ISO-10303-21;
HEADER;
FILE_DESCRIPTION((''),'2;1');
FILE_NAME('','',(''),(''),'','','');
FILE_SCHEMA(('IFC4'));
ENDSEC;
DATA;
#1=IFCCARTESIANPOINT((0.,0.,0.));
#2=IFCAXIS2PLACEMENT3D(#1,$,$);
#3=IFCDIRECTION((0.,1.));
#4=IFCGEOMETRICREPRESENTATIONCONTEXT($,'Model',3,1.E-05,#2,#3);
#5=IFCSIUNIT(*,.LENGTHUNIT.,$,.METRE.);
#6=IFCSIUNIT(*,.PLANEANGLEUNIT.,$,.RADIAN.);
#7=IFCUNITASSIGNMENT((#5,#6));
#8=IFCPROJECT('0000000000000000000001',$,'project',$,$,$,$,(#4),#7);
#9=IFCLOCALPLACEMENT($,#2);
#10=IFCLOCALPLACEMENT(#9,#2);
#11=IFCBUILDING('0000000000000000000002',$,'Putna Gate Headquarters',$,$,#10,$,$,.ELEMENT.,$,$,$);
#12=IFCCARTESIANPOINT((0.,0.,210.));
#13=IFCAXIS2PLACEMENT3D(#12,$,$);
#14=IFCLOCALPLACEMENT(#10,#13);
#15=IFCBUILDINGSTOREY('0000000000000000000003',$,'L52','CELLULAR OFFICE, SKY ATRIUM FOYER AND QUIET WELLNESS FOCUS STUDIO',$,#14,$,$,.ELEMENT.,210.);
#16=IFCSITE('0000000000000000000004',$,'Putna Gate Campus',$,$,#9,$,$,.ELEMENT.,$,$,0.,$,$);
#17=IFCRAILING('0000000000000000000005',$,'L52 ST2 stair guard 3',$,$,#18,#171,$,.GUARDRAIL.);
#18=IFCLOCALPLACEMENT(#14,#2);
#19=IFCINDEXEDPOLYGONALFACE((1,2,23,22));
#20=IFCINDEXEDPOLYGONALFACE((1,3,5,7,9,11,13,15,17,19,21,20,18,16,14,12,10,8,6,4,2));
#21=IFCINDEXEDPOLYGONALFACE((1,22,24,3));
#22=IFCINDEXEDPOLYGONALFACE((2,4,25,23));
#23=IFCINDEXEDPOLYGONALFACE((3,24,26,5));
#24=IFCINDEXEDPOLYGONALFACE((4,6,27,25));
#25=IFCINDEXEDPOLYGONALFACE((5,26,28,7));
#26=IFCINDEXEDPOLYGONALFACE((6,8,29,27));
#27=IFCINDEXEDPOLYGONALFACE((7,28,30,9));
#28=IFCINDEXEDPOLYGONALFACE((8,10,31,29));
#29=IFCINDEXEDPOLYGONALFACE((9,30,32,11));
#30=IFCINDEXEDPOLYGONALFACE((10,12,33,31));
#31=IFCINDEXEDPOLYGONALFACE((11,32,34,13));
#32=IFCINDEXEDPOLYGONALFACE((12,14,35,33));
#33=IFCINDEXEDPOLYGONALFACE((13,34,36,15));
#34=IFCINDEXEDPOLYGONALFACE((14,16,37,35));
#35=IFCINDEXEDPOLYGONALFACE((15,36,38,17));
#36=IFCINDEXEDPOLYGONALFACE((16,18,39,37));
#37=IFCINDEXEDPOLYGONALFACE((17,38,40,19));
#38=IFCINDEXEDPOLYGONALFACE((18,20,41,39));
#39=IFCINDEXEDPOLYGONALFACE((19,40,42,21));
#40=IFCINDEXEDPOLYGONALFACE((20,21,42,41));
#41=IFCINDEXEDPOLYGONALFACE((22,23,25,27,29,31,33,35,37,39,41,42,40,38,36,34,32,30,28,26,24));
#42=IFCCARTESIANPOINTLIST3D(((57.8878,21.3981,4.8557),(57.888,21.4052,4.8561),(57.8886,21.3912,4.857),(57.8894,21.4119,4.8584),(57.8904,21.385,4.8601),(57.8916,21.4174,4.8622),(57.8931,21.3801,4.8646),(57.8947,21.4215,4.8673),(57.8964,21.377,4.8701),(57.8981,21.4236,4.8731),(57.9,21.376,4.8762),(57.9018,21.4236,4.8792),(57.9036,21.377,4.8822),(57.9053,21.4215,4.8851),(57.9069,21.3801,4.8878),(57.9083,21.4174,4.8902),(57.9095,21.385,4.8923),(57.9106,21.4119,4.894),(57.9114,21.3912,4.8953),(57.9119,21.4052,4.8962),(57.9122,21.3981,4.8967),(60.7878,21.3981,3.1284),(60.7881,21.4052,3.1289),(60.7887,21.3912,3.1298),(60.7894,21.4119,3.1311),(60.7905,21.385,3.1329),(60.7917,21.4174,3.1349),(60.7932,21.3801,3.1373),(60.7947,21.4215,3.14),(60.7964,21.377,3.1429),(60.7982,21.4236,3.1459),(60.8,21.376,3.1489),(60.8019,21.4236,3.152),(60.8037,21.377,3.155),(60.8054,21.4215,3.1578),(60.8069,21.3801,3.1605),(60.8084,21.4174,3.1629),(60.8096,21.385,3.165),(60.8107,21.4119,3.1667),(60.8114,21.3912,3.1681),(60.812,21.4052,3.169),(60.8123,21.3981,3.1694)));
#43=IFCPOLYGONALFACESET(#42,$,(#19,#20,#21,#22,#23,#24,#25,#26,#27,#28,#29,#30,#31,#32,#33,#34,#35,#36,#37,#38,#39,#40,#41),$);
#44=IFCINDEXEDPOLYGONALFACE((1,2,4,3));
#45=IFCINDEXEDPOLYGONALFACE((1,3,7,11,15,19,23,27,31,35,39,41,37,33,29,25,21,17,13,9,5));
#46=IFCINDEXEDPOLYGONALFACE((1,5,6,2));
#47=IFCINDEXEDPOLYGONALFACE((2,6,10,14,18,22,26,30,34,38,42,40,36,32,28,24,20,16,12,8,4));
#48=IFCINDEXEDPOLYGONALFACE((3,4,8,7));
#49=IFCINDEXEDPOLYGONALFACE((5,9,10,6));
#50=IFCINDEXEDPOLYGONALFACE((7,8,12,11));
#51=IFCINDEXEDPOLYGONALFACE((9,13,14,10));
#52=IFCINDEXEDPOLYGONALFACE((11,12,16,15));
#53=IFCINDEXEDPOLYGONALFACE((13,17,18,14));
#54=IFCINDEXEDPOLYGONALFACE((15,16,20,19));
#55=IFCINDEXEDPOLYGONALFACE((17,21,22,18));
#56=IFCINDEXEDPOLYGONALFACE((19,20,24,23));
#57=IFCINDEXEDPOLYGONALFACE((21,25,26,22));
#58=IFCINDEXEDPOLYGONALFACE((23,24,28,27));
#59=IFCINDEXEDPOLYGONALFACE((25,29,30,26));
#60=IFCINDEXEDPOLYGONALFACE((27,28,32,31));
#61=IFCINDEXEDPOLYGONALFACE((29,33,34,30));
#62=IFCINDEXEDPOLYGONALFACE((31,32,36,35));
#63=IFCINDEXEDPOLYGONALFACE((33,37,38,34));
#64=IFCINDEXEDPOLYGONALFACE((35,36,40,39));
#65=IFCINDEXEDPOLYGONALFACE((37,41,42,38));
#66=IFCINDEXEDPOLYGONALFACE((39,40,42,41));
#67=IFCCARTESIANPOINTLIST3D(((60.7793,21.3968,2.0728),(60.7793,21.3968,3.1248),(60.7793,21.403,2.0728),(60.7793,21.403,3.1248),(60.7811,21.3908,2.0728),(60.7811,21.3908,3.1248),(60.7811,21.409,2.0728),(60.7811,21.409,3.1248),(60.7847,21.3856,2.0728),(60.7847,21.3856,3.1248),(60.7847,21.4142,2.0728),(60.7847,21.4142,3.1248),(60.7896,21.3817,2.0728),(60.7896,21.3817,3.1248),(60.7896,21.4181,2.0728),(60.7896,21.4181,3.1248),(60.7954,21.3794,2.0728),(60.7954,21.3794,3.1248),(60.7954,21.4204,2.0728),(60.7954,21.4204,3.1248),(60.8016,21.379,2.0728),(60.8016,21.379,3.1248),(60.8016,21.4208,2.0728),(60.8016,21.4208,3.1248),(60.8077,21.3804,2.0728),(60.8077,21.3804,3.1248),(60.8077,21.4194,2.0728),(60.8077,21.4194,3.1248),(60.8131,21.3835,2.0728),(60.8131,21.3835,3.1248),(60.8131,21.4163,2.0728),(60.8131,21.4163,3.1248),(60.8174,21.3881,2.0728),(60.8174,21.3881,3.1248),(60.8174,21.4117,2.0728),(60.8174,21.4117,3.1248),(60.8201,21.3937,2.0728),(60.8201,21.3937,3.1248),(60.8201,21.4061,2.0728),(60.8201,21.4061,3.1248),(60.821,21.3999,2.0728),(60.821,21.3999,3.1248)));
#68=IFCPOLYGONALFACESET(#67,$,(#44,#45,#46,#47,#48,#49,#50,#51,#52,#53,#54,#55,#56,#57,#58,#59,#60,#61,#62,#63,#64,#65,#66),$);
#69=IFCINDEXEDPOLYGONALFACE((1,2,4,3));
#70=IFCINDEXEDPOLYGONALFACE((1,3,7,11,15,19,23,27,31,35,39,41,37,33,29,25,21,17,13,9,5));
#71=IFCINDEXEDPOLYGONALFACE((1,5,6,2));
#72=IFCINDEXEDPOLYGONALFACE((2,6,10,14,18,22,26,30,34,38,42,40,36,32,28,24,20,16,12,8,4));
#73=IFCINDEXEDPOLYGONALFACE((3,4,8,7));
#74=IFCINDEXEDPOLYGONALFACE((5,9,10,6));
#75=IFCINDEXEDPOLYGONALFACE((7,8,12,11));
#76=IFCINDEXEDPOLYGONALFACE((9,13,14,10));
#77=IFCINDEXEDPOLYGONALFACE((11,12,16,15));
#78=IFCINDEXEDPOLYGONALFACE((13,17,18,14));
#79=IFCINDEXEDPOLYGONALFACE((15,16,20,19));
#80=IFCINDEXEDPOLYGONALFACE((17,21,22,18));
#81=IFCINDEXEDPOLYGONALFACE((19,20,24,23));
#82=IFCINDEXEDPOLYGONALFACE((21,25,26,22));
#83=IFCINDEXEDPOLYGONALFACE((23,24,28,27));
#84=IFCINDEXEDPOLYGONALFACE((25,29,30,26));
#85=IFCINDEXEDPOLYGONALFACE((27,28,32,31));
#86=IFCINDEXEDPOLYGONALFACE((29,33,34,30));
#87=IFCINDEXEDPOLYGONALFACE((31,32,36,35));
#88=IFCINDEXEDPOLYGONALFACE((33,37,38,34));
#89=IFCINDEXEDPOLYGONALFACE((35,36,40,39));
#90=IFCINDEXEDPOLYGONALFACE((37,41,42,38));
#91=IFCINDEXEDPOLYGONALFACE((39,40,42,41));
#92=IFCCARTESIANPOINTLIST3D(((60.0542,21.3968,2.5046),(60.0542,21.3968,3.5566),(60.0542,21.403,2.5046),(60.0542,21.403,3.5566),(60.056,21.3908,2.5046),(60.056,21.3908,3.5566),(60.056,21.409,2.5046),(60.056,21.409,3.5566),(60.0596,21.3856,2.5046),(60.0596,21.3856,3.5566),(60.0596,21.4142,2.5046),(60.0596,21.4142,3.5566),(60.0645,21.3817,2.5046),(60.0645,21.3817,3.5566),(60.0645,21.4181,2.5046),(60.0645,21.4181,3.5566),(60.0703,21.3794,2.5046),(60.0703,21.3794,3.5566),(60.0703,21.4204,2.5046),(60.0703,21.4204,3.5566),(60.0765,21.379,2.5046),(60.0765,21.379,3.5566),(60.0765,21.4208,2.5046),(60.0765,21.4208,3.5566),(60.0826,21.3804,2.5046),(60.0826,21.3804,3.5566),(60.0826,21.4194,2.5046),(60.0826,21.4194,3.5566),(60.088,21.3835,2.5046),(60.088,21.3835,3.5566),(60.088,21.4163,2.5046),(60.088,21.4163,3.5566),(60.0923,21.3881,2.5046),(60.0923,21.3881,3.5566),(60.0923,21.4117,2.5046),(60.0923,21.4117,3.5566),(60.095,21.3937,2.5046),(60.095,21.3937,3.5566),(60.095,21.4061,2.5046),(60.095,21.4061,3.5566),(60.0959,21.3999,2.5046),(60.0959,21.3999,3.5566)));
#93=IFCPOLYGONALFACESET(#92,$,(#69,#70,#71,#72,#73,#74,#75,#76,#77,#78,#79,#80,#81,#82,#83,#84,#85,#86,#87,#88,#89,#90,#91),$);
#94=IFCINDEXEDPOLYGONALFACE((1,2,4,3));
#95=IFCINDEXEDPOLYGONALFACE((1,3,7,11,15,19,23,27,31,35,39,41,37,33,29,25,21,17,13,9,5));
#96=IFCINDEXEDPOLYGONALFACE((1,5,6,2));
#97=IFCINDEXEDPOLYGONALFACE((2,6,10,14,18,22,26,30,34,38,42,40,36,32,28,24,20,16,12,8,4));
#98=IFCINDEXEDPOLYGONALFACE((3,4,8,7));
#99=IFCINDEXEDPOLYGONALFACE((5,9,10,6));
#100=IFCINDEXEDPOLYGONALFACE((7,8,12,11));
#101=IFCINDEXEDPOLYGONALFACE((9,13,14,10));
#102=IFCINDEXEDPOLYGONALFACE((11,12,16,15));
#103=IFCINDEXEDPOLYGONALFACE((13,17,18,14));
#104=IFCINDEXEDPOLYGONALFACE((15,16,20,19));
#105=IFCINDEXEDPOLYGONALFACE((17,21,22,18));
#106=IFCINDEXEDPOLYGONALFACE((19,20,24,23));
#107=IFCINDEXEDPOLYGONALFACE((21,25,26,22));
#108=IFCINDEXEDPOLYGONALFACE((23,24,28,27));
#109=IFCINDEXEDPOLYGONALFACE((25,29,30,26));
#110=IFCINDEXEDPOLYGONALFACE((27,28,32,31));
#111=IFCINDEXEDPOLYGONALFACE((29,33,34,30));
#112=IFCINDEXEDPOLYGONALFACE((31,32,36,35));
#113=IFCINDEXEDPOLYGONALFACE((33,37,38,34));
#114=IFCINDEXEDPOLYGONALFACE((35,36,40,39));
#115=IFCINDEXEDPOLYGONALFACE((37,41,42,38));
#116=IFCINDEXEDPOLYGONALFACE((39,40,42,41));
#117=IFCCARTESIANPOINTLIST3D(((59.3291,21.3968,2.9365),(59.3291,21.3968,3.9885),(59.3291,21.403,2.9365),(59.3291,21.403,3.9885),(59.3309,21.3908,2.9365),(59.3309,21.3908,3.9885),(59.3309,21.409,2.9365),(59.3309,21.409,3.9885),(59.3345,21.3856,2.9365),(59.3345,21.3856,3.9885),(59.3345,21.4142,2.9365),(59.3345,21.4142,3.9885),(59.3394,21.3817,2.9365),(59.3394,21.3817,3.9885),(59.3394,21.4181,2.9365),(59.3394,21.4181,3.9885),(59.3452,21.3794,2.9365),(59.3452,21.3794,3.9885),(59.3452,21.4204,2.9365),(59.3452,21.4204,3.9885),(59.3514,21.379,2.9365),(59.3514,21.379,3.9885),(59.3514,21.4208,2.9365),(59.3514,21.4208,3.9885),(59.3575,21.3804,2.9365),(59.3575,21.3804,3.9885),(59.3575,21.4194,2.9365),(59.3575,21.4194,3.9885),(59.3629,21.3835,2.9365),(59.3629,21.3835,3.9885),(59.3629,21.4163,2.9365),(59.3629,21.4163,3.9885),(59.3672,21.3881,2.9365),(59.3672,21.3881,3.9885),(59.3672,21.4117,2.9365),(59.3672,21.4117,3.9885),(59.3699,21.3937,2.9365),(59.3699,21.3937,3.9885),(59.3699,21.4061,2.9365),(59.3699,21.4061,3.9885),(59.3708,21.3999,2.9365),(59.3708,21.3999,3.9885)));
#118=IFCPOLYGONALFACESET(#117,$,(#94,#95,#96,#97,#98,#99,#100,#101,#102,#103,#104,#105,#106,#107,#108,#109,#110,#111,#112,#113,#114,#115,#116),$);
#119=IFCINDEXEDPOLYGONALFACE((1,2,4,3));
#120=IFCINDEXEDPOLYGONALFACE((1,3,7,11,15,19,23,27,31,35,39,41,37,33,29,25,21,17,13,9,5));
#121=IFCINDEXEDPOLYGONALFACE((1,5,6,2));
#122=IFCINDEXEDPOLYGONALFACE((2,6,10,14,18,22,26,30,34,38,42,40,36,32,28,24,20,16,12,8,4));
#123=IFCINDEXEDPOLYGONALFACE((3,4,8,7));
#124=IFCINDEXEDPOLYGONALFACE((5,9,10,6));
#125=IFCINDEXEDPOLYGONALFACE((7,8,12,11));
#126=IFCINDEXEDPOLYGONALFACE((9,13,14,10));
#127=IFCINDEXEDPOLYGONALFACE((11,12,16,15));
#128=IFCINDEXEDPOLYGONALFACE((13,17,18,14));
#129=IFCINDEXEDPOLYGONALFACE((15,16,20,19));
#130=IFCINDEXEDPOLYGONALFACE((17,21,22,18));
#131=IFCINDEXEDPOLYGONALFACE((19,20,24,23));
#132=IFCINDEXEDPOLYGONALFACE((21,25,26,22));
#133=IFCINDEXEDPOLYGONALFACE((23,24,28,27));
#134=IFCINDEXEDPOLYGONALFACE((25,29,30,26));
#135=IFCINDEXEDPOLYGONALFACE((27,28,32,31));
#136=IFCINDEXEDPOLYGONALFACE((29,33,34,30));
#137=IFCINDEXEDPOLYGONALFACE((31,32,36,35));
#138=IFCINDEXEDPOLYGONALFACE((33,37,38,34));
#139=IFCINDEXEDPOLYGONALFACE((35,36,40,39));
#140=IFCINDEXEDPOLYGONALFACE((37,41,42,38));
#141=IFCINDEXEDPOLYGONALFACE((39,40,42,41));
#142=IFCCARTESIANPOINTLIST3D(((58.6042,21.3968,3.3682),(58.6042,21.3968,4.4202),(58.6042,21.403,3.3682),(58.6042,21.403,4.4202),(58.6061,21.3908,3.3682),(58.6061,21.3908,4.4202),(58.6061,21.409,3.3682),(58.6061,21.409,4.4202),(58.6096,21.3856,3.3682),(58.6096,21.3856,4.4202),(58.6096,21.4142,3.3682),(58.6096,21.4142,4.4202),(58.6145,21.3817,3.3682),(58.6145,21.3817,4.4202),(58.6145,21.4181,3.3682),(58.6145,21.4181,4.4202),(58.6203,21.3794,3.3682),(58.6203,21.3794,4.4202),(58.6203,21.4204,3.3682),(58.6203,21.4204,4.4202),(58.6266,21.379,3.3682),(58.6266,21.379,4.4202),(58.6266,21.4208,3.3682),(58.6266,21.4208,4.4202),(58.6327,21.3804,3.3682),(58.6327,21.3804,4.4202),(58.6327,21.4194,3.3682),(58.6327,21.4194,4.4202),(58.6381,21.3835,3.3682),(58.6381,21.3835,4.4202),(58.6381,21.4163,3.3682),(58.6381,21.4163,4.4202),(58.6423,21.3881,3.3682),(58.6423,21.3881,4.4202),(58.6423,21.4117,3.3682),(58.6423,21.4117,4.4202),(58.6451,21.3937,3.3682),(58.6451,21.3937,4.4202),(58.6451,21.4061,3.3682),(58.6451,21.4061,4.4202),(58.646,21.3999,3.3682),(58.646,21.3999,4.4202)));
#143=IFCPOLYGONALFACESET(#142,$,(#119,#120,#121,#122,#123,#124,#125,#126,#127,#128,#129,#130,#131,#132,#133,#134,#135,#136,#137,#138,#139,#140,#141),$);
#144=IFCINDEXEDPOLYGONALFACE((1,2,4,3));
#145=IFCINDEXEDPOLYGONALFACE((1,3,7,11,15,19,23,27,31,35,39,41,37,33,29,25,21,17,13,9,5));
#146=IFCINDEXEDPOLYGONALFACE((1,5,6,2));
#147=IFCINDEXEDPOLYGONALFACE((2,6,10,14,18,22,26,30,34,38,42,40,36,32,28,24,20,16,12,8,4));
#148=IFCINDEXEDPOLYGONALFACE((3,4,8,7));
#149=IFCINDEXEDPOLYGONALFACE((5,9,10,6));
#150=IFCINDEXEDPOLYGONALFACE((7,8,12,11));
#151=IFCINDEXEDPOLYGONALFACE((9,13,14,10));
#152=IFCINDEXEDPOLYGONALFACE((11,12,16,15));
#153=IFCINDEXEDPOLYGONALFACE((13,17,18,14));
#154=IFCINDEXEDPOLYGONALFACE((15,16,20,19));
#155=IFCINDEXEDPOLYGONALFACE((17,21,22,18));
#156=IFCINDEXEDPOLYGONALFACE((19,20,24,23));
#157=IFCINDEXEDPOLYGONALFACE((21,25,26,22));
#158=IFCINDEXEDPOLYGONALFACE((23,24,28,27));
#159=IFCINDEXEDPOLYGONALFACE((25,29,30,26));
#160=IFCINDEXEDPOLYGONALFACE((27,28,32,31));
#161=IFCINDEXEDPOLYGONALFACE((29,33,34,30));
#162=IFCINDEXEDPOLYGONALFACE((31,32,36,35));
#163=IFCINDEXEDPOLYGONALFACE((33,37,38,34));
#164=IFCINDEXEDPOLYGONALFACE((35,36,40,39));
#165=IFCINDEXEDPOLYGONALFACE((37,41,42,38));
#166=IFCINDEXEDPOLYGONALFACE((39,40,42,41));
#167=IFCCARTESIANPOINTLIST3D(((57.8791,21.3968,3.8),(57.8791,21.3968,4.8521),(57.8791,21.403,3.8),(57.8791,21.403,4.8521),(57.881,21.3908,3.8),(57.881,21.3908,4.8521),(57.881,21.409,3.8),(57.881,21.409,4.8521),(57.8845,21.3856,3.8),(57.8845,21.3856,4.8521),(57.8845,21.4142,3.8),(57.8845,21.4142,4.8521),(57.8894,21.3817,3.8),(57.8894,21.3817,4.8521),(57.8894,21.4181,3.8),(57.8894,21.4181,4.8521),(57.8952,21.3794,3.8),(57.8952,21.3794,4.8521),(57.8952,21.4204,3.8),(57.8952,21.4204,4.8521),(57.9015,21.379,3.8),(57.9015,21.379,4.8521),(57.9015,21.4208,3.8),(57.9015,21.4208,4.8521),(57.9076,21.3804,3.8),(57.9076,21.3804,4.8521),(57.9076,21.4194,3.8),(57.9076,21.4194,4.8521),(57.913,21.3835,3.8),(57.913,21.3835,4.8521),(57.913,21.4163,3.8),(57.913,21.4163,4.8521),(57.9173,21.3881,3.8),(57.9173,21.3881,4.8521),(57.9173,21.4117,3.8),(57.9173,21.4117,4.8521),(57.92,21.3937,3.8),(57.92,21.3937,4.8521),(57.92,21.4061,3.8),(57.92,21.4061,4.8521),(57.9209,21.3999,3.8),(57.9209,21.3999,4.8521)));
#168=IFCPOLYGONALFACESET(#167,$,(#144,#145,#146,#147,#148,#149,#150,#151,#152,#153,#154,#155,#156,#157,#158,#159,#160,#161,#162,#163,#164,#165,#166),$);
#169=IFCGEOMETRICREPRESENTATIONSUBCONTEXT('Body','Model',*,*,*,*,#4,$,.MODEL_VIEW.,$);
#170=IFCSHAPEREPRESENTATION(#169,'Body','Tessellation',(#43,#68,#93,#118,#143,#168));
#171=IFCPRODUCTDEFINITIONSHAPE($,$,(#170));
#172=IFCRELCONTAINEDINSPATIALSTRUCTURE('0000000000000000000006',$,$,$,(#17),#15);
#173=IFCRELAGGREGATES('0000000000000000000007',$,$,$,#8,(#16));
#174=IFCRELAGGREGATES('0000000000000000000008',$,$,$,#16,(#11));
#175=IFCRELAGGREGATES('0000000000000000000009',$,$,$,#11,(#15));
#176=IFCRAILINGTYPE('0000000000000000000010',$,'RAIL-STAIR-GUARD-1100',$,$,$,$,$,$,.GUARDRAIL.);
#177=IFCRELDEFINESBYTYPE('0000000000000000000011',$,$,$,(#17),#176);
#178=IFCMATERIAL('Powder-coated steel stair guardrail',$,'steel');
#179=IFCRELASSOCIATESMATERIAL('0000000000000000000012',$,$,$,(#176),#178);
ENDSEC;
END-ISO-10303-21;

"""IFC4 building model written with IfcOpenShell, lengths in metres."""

from ifc_helpers import new_model, si_unit, direction, frame, origin, origin_2d, place, context, subcontext, project, spatial, circle, extrude, material, type_object, element, save


model = new_model("IFC4")

# Units and contexts
model_context = context("Model", 3, precision=1e-05, world=origin(), true_north=direction((0.0, 1.0)))
body_context = subcontext(model_context, "Body", "Model", "MODEL_VIEW")
ifc_project = project(units=[si_unit("LENGTHUNIT", "METRE"), si_unit("PLANEANGLEUNIT", "RADIAN")], contexts=[model_context])

# Site, building, storey
site_placement = place(None, origin())
site = spatial("IfcSite", under=ifc_project, at=site_placement, Name="Putna Gate Campus", CompositionType="ELEMENT", RefElevation=0.0)
building_placement = place(site_placement, origin())
building = spatial("IfcBuilding", under=site, at=building_placement, Name="Putna Gate Headquarters", CompositionType="ELEMENT")
storey_placement = place(building_placement, frame((0.0, 0.0, 210.0)))
storey = spatial("IfcBuildingStorey", under=building, at=storey_placement, Name="L52", Description="CELLULAR OFFICE, SKY ATRIUM FOYER AND QUIET WELLNESS FOCUS STUDIO", CompositionType="ELEMENT", Elevation=210.0)

# Railing
ifc_material_1 = material(Name="Powder-coated steel stair guardrail", Category="steel")
railing_type_1 = type_object("IfcRailingType", Name="RAIL-STAIR-GUARD-1100", PredefinedType="GUARDRAIL", material=ifc_material_1)
railing_1_placement = place(storey_placement, frame((60.8, 21.3999, 2.0728)))
element("IfcRailing", 1, at=railing_1_placement, inside=storey, type_object=railing_type_1, Name="L52 ST2 stair guard 3", PredefinedType="GUARDRAIL", context=body_context, shape_type="SweptSolid", body=[
    extrude(circle(Radius=0.0239, at=origin_2d()), frame((0.0, 0.0, 1.0762), z_axis=(-0.85916, 0.0, 0.511706), x_axis=(0.0, -1.0, 0.0)), (0.0, 0.0, 1.0), 3.3755),
    extrude(circle(Radius=0.021, at=origin_2d()), origin(), (0.0, 0.0, 1.0), 1.052),
    extrude(circle(Radius=0.021, at=origin_2d()), frame((-0.7251, 0.0, 0.4319)), (0.0, 0.0, 1.0), 1.052),
    extrude(circle(Radius=0.021, at=origin_2d()), frame((-1.4502, 0.0, 0.8638)), (0.0, 0.0, 1.0), 1.052),
    extrude(circle(Radius=0.021, at=origin_2d()), frame((-2.175, 0.0, 1.2954)), (0.0, 0.0, 1.0), 1.052),
    extrude(circle(Radius=0.021, at=origin_2d()), frame((-2.9001, 0.0, 1.7273)), (0.0, 0.0, 1.0), 1.052),
])

save(model, "model.ifc")
